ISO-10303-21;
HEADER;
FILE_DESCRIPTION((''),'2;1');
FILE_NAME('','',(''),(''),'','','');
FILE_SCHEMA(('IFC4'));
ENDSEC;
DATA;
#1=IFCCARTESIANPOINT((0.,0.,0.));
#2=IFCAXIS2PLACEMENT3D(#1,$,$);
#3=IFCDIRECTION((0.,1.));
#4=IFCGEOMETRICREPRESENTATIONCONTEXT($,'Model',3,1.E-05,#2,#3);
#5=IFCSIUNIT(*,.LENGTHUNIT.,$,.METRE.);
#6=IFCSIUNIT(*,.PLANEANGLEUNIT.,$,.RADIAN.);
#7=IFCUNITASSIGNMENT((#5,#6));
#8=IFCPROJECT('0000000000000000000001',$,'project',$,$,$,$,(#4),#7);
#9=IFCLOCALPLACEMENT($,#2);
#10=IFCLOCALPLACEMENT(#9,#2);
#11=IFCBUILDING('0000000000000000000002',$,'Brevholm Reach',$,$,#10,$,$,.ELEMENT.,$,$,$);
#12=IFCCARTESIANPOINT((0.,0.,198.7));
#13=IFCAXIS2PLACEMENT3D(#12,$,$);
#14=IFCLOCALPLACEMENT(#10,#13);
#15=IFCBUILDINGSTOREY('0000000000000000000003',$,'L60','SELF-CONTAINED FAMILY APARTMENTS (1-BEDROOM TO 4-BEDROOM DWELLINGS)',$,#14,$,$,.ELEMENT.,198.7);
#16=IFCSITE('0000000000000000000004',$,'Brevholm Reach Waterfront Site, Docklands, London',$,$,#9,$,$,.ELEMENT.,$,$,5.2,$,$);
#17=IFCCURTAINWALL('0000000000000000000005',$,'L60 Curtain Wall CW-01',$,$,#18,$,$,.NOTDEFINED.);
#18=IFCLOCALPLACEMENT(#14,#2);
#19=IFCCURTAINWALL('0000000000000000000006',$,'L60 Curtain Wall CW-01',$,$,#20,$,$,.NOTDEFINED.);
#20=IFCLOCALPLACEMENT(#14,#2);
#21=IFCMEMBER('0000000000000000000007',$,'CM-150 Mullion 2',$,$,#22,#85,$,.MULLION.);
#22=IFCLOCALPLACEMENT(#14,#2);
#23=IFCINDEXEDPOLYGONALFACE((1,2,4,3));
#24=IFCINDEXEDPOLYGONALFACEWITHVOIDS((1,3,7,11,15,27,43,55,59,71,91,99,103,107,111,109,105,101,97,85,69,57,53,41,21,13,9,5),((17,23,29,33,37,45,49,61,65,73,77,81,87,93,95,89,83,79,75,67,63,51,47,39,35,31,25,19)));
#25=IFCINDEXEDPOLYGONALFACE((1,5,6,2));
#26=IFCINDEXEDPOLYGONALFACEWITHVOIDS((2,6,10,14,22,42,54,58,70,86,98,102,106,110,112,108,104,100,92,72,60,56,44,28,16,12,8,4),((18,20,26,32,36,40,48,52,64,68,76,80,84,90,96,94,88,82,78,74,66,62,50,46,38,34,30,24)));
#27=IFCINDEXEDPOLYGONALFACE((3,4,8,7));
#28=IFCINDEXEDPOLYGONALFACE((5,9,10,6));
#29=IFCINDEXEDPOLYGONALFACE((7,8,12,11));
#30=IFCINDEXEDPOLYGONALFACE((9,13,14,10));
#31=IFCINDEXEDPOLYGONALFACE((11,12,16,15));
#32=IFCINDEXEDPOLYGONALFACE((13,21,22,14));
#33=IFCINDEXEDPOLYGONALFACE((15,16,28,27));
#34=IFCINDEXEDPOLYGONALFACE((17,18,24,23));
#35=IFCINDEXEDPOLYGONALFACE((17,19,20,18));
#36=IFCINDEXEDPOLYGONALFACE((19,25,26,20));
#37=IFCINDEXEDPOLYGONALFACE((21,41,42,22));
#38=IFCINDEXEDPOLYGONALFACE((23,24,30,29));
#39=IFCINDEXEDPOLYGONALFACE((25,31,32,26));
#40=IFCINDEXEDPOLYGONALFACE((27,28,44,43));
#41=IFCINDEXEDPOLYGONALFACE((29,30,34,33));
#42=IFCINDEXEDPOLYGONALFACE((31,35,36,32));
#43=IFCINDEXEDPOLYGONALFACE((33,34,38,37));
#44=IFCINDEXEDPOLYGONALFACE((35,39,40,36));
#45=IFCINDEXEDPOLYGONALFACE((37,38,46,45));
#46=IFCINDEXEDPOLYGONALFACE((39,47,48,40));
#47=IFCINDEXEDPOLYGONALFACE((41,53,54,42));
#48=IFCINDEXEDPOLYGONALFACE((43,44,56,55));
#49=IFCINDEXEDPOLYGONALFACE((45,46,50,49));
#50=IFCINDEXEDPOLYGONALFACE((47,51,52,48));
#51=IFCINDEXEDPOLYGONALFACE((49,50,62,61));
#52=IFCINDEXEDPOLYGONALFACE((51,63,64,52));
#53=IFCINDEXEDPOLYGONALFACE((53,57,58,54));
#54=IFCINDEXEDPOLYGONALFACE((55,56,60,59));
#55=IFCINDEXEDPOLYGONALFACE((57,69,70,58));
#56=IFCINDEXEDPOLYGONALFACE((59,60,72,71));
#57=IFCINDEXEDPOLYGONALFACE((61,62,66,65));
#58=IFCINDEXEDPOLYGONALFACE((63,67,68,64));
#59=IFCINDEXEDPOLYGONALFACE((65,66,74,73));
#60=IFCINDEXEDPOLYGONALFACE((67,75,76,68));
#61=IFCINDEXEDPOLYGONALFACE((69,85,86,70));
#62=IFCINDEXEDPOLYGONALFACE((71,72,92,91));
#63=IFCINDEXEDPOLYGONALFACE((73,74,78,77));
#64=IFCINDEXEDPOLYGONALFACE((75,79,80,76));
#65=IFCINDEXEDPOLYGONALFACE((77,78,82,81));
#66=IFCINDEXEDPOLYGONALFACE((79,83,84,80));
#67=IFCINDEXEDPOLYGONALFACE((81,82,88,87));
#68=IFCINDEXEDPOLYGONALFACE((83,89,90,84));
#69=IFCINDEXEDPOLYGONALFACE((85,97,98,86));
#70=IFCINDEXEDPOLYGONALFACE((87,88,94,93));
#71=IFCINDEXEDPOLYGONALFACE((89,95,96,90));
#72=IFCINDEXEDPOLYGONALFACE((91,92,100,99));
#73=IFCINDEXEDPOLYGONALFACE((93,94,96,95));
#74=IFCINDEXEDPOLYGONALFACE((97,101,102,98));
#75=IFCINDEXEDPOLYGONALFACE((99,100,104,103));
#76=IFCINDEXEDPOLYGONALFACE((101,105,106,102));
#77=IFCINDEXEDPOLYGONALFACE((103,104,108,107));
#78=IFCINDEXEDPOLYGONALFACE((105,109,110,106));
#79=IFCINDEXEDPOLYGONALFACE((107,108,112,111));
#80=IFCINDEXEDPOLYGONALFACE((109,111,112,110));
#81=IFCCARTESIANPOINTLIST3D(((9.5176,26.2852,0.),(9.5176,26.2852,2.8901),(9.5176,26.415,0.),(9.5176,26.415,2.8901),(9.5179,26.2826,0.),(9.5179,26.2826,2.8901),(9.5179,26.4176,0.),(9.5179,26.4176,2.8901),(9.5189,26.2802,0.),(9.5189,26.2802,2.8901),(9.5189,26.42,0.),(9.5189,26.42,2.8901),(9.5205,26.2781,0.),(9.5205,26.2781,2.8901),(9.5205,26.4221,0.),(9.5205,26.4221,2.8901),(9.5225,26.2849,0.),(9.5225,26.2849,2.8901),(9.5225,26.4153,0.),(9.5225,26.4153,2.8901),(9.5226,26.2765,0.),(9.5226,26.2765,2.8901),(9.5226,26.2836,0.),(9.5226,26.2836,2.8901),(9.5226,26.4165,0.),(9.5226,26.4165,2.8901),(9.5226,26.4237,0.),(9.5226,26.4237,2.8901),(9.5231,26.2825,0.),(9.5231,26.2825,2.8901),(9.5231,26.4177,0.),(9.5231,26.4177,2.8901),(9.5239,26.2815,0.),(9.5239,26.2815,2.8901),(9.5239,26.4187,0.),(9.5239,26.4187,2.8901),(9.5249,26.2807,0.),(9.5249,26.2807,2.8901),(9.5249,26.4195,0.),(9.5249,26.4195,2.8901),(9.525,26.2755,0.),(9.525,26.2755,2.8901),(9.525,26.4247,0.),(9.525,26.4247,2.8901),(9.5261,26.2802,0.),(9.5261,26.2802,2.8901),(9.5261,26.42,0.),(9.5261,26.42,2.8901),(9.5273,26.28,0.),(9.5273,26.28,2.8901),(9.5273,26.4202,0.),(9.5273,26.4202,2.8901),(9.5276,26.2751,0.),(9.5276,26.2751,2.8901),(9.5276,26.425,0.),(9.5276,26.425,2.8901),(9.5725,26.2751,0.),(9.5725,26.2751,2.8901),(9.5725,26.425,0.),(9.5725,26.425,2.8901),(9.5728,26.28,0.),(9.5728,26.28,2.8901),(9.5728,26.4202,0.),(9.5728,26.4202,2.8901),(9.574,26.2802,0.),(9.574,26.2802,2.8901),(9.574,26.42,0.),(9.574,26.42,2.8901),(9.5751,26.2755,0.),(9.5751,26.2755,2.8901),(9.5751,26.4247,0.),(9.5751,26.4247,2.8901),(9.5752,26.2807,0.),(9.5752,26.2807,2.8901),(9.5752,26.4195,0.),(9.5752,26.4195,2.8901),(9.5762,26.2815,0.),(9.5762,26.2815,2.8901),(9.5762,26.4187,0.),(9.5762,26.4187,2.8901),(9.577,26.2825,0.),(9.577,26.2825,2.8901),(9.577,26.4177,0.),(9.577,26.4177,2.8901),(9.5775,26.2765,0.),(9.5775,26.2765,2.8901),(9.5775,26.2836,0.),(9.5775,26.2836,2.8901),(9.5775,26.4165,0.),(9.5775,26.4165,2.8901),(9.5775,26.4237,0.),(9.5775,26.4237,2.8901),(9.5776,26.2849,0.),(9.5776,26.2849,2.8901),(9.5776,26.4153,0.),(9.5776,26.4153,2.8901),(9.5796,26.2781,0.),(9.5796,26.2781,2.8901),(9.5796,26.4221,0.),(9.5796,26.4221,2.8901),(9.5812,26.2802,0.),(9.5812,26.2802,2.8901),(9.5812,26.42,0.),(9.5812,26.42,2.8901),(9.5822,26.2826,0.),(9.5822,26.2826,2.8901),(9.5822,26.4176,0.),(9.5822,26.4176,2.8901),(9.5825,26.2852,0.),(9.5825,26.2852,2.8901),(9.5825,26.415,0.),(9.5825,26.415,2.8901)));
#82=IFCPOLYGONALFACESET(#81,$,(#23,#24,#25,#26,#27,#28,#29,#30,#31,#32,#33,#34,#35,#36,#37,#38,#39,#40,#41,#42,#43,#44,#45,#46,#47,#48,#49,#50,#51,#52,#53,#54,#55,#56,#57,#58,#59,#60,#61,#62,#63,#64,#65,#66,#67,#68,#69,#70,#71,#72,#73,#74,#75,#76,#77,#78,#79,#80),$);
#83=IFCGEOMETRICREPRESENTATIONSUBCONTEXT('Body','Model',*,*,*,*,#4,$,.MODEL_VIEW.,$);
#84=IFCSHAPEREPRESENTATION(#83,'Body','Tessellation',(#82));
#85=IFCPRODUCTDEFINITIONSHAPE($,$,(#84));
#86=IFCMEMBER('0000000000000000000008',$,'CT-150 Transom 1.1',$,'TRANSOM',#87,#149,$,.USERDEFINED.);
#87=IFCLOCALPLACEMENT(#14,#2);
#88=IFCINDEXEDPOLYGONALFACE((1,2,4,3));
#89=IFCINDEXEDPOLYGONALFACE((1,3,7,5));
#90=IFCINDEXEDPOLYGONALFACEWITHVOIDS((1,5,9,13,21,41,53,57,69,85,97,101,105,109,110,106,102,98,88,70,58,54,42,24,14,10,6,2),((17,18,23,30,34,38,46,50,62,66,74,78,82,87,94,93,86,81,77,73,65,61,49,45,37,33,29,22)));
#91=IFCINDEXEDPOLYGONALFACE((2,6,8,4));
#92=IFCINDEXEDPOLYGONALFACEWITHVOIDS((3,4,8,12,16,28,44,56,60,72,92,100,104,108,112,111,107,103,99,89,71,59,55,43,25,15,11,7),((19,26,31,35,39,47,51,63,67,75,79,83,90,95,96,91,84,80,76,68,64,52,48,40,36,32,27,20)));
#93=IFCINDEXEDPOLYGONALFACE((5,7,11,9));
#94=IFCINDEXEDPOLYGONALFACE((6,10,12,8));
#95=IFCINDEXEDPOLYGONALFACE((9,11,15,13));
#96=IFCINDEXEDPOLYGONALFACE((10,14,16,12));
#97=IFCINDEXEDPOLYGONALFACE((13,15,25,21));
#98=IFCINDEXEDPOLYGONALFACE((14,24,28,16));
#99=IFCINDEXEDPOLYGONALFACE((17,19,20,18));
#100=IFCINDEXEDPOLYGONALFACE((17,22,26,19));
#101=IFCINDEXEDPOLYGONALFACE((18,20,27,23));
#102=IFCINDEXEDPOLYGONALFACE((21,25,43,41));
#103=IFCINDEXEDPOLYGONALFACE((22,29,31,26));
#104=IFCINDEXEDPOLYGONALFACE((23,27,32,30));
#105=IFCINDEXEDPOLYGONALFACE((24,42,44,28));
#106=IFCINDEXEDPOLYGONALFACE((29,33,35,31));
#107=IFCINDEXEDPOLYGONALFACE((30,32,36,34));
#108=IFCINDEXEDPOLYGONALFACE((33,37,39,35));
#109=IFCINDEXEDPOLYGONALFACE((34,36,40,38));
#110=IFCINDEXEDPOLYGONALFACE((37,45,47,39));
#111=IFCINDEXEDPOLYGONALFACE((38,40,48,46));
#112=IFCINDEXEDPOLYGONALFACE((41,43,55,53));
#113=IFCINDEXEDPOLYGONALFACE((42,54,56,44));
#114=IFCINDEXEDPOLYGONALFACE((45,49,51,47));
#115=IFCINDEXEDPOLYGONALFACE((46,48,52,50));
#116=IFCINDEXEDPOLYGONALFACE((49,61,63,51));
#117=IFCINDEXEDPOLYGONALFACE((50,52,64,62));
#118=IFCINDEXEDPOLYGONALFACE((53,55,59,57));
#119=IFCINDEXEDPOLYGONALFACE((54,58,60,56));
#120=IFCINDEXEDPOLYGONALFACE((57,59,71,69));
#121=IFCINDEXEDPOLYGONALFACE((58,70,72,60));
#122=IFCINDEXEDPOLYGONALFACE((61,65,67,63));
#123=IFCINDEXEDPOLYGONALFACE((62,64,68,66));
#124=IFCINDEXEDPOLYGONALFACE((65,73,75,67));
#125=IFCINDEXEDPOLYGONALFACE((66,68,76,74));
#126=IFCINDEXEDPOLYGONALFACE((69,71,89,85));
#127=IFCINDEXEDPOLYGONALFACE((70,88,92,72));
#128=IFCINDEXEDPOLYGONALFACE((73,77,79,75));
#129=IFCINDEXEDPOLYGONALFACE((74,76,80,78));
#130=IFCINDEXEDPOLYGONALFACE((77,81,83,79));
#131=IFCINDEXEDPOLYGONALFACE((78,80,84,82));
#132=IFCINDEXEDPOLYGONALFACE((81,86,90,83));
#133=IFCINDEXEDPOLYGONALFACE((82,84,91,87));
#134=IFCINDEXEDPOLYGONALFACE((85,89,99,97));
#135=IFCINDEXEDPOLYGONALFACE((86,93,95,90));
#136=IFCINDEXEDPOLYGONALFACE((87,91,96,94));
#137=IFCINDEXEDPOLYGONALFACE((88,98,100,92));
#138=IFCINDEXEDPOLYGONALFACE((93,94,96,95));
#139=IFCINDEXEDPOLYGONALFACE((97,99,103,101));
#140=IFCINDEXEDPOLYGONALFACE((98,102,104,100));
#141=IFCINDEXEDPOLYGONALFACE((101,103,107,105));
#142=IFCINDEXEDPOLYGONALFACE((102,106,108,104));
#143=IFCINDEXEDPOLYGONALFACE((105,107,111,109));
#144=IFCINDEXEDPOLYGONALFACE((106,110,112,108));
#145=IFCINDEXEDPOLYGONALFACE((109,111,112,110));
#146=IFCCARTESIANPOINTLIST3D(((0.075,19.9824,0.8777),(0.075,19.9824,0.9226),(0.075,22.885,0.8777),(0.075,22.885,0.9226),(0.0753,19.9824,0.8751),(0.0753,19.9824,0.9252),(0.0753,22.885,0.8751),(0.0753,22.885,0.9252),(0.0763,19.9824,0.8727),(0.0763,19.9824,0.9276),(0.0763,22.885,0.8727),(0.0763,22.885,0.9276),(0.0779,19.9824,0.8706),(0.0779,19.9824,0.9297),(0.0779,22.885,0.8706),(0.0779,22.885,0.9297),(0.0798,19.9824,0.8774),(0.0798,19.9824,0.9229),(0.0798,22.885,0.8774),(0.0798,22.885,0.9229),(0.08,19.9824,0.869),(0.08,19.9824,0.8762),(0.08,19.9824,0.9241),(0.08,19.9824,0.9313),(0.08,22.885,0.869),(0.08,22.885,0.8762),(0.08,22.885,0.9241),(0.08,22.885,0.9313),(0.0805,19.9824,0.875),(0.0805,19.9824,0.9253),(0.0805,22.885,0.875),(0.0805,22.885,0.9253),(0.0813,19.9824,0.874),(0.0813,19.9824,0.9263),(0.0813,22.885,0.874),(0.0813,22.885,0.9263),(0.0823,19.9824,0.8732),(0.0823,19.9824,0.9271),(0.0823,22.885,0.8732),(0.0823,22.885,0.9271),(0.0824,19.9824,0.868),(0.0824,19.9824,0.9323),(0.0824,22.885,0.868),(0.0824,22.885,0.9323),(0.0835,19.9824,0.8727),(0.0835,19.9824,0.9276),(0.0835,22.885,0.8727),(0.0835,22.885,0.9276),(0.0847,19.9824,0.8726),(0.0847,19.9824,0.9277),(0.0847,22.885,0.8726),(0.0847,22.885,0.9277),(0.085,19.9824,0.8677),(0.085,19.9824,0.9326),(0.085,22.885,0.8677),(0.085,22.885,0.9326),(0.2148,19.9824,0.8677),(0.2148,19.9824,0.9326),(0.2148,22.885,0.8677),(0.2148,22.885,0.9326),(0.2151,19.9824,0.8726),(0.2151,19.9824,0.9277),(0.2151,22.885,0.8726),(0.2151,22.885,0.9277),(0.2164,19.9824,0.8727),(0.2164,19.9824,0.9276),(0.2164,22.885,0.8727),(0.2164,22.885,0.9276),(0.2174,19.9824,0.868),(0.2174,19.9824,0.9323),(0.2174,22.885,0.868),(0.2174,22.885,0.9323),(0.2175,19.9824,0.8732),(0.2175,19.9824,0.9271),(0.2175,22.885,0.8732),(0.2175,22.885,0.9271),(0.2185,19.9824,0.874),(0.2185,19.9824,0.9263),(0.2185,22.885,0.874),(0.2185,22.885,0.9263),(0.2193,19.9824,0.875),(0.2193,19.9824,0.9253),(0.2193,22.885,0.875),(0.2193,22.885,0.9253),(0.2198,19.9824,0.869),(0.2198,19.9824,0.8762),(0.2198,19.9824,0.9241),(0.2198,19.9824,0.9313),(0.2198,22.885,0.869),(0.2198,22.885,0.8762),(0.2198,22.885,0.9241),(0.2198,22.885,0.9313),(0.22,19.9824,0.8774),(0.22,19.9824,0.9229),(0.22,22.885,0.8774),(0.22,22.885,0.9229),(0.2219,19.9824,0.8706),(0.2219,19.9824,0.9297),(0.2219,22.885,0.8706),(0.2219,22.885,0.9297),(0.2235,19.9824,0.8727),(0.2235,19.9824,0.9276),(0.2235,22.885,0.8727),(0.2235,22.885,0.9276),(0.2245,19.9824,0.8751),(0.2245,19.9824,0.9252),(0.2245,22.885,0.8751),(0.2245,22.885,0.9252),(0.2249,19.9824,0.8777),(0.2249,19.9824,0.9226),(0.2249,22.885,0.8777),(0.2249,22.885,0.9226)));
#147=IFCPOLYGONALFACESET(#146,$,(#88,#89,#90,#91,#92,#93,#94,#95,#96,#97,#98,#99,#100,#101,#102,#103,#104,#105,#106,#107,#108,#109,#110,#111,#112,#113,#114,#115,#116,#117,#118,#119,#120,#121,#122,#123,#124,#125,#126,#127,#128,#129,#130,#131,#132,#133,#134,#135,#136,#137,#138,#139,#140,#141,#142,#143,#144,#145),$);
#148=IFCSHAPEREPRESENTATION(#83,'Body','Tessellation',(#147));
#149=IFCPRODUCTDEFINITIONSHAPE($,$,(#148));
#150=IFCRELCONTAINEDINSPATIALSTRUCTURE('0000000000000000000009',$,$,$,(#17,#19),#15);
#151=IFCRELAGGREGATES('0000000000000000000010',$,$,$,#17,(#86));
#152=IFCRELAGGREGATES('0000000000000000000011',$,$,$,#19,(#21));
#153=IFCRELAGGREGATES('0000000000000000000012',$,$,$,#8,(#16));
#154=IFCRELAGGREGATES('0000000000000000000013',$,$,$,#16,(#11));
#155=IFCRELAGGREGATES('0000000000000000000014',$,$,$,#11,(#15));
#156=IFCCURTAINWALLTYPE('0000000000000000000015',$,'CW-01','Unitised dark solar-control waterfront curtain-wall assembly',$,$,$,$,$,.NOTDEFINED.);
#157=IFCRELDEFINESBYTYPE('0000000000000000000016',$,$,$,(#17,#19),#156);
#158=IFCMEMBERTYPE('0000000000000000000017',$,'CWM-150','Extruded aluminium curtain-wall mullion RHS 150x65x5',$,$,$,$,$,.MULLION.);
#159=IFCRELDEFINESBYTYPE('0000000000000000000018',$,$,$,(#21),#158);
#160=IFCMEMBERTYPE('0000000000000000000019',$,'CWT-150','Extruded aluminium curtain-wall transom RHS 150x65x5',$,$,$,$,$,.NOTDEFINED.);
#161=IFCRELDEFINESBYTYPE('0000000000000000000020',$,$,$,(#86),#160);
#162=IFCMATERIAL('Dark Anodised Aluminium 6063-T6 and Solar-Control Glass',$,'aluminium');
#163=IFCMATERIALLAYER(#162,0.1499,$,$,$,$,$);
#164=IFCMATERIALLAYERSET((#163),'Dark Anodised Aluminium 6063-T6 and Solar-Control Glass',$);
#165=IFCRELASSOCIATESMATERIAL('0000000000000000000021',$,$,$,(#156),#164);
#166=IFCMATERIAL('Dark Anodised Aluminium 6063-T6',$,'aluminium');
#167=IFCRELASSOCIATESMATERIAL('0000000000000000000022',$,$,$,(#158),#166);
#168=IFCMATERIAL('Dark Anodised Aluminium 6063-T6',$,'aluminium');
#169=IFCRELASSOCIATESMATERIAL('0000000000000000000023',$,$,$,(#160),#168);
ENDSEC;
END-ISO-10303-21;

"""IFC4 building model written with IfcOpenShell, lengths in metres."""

from ifc_helpers import new_model, si_unit, direction, frame, origin, origin_2d, place, context, subcontext, project, spatial, hollow_rectangle, extrude, material, layer, layer_set, material_profile, profile_set, type_object, element, aggregate, save


model = new_model("IFC4")

# Units and contexts
model_context = context("Model", 3, precision=1e-05, world=origin(), true_north=direction((0.0, 1.0)))
body_context = subcontext(model_context, "Body", "Model", "MODEL_VIEW")
ifc_project = project(units=[si_unit("LENGTHUNIT", "METRE"), si_unit("PLANEANGLEUNIT", "RADIAN")], contexts=[model_context])

# Site, building, storey
site_placement = place(None, origin())
site = spatial("IfcSite", under=ifc_project, at=site_placement, Name="Brevholm Reach Waterfront Site, Docklands, London", CompositionType="ELEMENT", RefElevation=5.2)
building_placement = place(site_placement, origin())
building = spatial("IfcBuilding", under=site, at=building_placement, Name="Brevholm Reach", CompositionType="ELEMENT")
storey_placement = place(building_placement, frame((0.0, 0.0, 198.7)))
storey = spatial("IfcBuildingStorey", under=building, at=storey_placement, Name="L60", Description="SELF-CONTAINED FAMILY APARTMENTS (1-BEDROOM TO 4-BEDROOM DWELLINGS)", CompositionType="ELEMENT", Elevation=198.7)

# Curtain wall
ifc_material_1 = material(Name="Dark Anodised Aluminium 6063-T6 and Solar-Control Glass", Category="aluminium")
ifc_layer_1 = layer(ifc_material_1, 0.1499)
ifc_layer_set_1 = layer_set([ifc_layer_1], Name="Dark Anodised Aluminium 6063-T6 and Solar-Control Glass")
curtain_wall_type = type_object("IfcCurtainWallType", Name="CW-01", Description="Unitised dark solar-control waterfront curtain-wall assembly", PredefinedType="NOTDEFINED", material=ifc_layer_set_1)
curtain_wall_1_placement = place(storey_placement, origin())
curtain_wall_1 = element("IfcCurtainWall", 1, at=curtain_wall_1_placement, inside=storey, type_object=curtain_wall_type, Name="L60 Curtain Wall CW-01", PredefinedType="NOTDEFINED")
ifc_material_2 = material(Name="Dark Anodised Aluminium 6063-T6", Category="aluminium")
ifc_material_profile_1 = material_profile(ifc_material_2, hollow_rectangle(XDim=0.0649, YDim=0.1499, WallThickness=0.0049, InnerFilletRadius=0.0049, OuterFilletRadius=0.01, at=origin_2d()), Name="RHS 150x65x5")
ifc_profile_set_1 = profile_set([ifc_material_profile_1], Name="Dark Anodised Aluminium 6063-T6")
member_type_1 = type_object("IfcMemberType", Name="CWM-150", Description="Extruded aluminium curtain-wall mullion RHS 150x65x5", PredefinedType="MULLION", material=ifc_profile_set_1)

# Curtain wall, member
curtain_wall_2_placement = place(storey_placement, origin())
curtain_wall_2 = element("IfcCurtainWall", 2, at=curtain_wall_2_placement, inside=storey, type_object=curtain_wall_type, Name="L60 Curtain Wall CW-01", PredefinedType="NOTDEFINED")
member_1_placement = place(storey_placement, frame((9.55, 26.3501, 0.0), z_axis=(0.0, 0.0, 1.0), x_axis=(1.0, 0.0, 0.0)))
member_1 = element("IfcMember", 3, at=member_1_placement, type_object=member_type_1, Name="CM-150 Mullion 2", PredefinedType="MULLION", context=body_context, shape_type="SweptSolid", body=[
    extrude(hollow_rectangle(XDim=0.0649, YDim=0.1499, WallThickness=0.0049, InnerFilletRadius=0.0049, OuterFilletRadius=0.01, at=origin_2d()), origin(), (0.0, 0.0, 1.0), 2.8901),
])

# Member
ifc_material_3 = material(Name="Dark Anodised Aluminium 6063-T6", Category="aluminium")
ifc_material_profile_2 = material_profile(ifc_material_3, hollow_rectangle(XDim=0.0649, YDim=0.1499, WallThickness=0.0049, InnerFilletRadius=0.0049, OuterFilletRadius=0.01, at=origin_2d()), Name="RHS 150x65x5")
ifc_profile_set_2 = profile_set([ifc_material_profile_2], Name="Dark Anodised Aluminium 6063-T6")
member_type_2 = type_object("IfcMemberType", Name="CWT-150", Description="Extruded aluminium curtain-wall transom RHS 150x65x5", PredefinedType="NOTDEFINED", material=ifc_profile_set_2)
member_2_placement = place(storey_placement, frame((0.1499, 22.885, 0.9001), z_axis=(0.0, -1.0, 0.0), x_axis=(0.0, 0.0, 1.0)))
member_2 = element("IfcMember", 4, at=member_2_placement, type_object=member_type_2, Name="CT-150 Transom 1.1", ObjectType="TRANSOM", PredefinedType="USERDEFINED", context=body_context, shape_type="SweptSolid", body=[
    extrude(hollow_rectangle(XDim=0.0649, YDim=0.1499, WallThickness=0.0049, InnerFilletRadius=0.0049, OuterFilletRadius=0.01, at=origin_2d()), origin(), (0.0, 0.0, 1.0), 2.9026),
])

aggregate(curtain_wall_1, [member_2])
aggregate(curtain_wall_2, [member_1])

save(model, "model.ifc")
